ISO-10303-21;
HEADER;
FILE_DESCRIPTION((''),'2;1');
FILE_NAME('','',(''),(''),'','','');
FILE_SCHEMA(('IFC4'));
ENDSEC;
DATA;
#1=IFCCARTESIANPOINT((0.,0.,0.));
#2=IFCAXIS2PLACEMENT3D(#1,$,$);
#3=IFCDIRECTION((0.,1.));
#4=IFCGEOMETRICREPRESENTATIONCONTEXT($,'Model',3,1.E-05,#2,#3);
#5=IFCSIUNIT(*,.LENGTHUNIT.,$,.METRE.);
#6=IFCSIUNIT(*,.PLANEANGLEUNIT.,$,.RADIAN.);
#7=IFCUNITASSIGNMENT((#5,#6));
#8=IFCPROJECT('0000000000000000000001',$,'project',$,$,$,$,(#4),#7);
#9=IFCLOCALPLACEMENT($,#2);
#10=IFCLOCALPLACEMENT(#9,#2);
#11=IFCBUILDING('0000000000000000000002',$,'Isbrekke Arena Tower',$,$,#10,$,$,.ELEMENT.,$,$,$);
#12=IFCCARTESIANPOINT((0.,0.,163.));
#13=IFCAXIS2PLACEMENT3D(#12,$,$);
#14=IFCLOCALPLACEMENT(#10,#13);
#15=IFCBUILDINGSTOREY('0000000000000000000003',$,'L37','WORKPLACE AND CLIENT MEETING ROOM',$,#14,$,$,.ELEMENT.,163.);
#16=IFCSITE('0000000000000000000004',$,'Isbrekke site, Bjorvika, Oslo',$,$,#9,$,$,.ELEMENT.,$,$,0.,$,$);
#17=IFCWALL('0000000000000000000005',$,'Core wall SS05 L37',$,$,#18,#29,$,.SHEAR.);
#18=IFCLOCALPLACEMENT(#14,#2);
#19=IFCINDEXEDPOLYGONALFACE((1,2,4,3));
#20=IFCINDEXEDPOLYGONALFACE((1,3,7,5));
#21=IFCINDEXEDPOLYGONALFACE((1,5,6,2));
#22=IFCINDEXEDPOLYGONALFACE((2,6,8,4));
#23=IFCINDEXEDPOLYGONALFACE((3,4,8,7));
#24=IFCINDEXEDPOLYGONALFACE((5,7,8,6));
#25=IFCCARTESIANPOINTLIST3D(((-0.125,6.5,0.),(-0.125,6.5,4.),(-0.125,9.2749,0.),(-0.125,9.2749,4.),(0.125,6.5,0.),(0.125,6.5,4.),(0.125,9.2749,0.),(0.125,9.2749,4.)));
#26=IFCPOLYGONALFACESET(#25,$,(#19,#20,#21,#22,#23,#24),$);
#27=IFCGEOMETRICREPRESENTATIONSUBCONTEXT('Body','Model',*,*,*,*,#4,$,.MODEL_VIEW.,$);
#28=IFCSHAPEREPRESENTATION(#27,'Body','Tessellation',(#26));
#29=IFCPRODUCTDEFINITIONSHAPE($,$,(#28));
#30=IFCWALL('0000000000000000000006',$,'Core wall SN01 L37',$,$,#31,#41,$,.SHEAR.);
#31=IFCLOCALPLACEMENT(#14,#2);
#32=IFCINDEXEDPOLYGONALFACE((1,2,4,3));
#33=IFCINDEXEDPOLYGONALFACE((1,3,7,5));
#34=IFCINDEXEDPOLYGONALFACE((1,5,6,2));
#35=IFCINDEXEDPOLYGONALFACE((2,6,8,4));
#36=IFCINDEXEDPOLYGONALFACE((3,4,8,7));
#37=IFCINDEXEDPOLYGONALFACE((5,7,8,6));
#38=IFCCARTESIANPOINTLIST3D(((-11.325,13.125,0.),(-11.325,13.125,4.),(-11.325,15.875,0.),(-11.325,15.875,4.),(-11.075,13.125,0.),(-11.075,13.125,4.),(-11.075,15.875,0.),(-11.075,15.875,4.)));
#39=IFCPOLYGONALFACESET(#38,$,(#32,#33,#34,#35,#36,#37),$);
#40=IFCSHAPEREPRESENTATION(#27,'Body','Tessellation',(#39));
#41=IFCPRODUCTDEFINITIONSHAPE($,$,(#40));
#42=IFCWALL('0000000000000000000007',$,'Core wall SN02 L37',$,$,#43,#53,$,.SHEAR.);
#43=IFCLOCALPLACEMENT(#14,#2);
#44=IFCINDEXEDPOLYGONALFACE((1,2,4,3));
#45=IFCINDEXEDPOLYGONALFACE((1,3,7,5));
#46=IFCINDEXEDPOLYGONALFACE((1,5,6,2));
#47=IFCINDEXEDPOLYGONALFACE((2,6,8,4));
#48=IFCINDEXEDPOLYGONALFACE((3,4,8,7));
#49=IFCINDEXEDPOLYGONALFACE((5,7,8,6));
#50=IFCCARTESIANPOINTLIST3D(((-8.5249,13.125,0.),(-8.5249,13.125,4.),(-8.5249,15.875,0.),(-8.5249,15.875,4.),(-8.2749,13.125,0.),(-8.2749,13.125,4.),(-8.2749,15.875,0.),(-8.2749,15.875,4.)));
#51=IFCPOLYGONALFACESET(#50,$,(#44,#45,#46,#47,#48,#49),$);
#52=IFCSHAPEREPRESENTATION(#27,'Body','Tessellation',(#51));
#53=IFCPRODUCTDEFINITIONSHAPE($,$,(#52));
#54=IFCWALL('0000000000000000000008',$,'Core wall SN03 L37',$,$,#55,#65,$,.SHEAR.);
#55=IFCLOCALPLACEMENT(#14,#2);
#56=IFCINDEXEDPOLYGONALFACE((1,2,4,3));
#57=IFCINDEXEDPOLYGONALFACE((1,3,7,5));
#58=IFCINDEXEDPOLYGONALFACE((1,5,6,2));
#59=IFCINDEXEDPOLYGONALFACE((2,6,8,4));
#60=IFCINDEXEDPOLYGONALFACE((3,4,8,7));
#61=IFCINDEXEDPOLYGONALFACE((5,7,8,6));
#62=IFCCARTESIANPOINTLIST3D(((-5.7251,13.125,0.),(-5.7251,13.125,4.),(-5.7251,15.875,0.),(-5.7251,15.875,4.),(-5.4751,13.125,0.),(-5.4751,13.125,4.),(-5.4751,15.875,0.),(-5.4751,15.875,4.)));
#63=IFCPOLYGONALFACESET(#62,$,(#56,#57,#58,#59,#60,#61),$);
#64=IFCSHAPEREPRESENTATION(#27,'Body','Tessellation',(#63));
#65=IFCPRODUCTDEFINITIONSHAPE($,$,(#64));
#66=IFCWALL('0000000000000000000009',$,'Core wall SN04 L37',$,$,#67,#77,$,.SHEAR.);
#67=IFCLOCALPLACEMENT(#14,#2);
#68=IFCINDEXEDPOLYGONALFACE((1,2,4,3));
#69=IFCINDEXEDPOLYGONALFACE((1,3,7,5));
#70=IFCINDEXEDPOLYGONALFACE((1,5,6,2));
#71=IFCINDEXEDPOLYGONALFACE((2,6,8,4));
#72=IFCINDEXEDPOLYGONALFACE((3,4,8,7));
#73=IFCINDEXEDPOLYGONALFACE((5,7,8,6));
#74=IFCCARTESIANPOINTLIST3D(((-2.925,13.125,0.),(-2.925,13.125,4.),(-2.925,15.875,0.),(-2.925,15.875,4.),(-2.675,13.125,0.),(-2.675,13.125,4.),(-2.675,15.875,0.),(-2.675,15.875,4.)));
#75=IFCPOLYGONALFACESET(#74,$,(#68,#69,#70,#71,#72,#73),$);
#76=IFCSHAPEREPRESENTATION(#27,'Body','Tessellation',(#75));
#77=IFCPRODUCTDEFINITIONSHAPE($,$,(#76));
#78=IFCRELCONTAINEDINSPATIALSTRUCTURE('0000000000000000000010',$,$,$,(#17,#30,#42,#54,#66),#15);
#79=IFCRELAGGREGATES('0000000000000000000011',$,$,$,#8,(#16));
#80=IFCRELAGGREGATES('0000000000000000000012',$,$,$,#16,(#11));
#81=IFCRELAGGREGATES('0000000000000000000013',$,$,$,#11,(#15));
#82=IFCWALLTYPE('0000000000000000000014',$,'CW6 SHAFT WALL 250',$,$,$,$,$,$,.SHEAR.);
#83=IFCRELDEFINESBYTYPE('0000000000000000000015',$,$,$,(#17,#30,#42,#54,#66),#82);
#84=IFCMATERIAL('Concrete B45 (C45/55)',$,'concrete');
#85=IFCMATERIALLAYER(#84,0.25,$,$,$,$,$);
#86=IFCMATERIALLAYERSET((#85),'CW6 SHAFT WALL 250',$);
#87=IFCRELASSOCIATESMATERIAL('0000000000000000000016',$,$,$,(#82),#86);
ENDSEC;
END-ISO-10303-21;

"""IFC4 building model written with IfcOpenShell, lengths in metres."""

from ifc_helpers import new_model, si_unit, direction, frame, frame_2d, origin, place, context, subcontext, project, spatial, rectangle, extrude, material, layer, layer_set, type_object, element, save


model = new_model("IFC4")

# Units and contexts
model_context = context("Model", 3, precision=1e-05, world=origin(), true_north=direction((0.0, 1.0)))
body_context = subcontext(model_context, "Body", "Model", "MODEL_VIEW")
ifc_project = project(units=[si_unit("LENGTHUNIT", "METRE"), si_unit("PLANEANGLEUNIT", "RADIAN")], contexts=[model_context])

# Site, building, storey
site_placement = place(None, origin())
site = spatial("IfcSite", under=ifc_project, at=site_placement, Name="Isbrekke site, Bjorvika, Oslo", CompositionType="ELEMENT", RefElevation=0.0)
building_placement = place(site_placement, origin())
building = spatial("IfcBuilding", under=site, at=building_placement, Name="Isbrekke Arena Tower", CompositionType="ELEMENT")
storey_placement = place(building_placement, frame((0.0, 0.0, 163.0)))
storey = spatial("IfcBuildingStorey", under=building, at=storey_placement, Name="L37", Description="WORKPLACE AND CLIENT MEETING ROOM", CompositionType="ELEMENT", Elevation=163.0)

# Shared definitions
ifc_material_1 = material(Name="Concrete B45 (C45/55)", Category="concrete")
ifc_layer_1 = layer(ifc_material_1, 0.25)
ifc_layer_set_1 = layer_set([ifc_layer_1], Name="CW6 SHAFT WALL 250")
wall_type_1 = type_object("IfcWallType", Name="CW6 SHAFT WALL 250", PredefinedType="SHEAR", material=ifc_layer_set_1)

# Walls
for number, where, z_axis, x_axis, name in (
    (1, (0.0, 6.5, 0.0), (0.0, 0.0, 1.0), (0.0, 1.0, 0.0), "Core wall SS05 L37"),
):
    element("IfcWall", number, at=place(storey_placement, frame(where, z_axis=z_axis, x_axis=x_axis)), inside=storey, type_object=wall_type_1, Name=name, PredefinedType="SHEAR", context=body_context, shape_type="SweptSolid", body=[
        extrude(rectangle(XDim=2.7749, YDim=0.25, at=frame_2d((1.3875, 0.0))), origin(), (0.0, 0.0, 1.0), 4.0),
    ])
for number, where, z_axis, x_axis, name in (
    (2, (-11.2, 13.125, 0.0), (0.0, 0.0, 1.0), (0.0, 1.0, 0.0), "Core wall SN01 L37"),
    (3, (-8.3999, 13.125, 0.0), (0.0, 0.0, 1.0), (0.0, 1.0, 0.0), "Core wall SN02 L37"),
    (4, (-5.6001, 13.125, 0.0), (0.0, 0.0, 1.0), (0.0, 1.0, 0.0), "Core wall SN03 L37"),
    (5, (-2.8, 13.125, 0.0), (0.0, 0.0, 1.0), (0.0, 1.0, 0.0), "Core wall SN04 L37"),
):
    element("IfcWall", number, at=place(storey_placement, frame(where, z_axis=z_axis, x_axis=x_axis)), inside=storey, type_object=wall_type_1, Name=name, PredefinedType="SHEAR", context=body_context, shape_type="SweptSolid", body=[
        extrude(rectangle(XDim=2.75, YDim=0.25, at=frame_2d((1.375, 0.0))), origin(), (0.0, 0.0, 1.0), 4.0),
    ])

save(model, "model.ifc")
